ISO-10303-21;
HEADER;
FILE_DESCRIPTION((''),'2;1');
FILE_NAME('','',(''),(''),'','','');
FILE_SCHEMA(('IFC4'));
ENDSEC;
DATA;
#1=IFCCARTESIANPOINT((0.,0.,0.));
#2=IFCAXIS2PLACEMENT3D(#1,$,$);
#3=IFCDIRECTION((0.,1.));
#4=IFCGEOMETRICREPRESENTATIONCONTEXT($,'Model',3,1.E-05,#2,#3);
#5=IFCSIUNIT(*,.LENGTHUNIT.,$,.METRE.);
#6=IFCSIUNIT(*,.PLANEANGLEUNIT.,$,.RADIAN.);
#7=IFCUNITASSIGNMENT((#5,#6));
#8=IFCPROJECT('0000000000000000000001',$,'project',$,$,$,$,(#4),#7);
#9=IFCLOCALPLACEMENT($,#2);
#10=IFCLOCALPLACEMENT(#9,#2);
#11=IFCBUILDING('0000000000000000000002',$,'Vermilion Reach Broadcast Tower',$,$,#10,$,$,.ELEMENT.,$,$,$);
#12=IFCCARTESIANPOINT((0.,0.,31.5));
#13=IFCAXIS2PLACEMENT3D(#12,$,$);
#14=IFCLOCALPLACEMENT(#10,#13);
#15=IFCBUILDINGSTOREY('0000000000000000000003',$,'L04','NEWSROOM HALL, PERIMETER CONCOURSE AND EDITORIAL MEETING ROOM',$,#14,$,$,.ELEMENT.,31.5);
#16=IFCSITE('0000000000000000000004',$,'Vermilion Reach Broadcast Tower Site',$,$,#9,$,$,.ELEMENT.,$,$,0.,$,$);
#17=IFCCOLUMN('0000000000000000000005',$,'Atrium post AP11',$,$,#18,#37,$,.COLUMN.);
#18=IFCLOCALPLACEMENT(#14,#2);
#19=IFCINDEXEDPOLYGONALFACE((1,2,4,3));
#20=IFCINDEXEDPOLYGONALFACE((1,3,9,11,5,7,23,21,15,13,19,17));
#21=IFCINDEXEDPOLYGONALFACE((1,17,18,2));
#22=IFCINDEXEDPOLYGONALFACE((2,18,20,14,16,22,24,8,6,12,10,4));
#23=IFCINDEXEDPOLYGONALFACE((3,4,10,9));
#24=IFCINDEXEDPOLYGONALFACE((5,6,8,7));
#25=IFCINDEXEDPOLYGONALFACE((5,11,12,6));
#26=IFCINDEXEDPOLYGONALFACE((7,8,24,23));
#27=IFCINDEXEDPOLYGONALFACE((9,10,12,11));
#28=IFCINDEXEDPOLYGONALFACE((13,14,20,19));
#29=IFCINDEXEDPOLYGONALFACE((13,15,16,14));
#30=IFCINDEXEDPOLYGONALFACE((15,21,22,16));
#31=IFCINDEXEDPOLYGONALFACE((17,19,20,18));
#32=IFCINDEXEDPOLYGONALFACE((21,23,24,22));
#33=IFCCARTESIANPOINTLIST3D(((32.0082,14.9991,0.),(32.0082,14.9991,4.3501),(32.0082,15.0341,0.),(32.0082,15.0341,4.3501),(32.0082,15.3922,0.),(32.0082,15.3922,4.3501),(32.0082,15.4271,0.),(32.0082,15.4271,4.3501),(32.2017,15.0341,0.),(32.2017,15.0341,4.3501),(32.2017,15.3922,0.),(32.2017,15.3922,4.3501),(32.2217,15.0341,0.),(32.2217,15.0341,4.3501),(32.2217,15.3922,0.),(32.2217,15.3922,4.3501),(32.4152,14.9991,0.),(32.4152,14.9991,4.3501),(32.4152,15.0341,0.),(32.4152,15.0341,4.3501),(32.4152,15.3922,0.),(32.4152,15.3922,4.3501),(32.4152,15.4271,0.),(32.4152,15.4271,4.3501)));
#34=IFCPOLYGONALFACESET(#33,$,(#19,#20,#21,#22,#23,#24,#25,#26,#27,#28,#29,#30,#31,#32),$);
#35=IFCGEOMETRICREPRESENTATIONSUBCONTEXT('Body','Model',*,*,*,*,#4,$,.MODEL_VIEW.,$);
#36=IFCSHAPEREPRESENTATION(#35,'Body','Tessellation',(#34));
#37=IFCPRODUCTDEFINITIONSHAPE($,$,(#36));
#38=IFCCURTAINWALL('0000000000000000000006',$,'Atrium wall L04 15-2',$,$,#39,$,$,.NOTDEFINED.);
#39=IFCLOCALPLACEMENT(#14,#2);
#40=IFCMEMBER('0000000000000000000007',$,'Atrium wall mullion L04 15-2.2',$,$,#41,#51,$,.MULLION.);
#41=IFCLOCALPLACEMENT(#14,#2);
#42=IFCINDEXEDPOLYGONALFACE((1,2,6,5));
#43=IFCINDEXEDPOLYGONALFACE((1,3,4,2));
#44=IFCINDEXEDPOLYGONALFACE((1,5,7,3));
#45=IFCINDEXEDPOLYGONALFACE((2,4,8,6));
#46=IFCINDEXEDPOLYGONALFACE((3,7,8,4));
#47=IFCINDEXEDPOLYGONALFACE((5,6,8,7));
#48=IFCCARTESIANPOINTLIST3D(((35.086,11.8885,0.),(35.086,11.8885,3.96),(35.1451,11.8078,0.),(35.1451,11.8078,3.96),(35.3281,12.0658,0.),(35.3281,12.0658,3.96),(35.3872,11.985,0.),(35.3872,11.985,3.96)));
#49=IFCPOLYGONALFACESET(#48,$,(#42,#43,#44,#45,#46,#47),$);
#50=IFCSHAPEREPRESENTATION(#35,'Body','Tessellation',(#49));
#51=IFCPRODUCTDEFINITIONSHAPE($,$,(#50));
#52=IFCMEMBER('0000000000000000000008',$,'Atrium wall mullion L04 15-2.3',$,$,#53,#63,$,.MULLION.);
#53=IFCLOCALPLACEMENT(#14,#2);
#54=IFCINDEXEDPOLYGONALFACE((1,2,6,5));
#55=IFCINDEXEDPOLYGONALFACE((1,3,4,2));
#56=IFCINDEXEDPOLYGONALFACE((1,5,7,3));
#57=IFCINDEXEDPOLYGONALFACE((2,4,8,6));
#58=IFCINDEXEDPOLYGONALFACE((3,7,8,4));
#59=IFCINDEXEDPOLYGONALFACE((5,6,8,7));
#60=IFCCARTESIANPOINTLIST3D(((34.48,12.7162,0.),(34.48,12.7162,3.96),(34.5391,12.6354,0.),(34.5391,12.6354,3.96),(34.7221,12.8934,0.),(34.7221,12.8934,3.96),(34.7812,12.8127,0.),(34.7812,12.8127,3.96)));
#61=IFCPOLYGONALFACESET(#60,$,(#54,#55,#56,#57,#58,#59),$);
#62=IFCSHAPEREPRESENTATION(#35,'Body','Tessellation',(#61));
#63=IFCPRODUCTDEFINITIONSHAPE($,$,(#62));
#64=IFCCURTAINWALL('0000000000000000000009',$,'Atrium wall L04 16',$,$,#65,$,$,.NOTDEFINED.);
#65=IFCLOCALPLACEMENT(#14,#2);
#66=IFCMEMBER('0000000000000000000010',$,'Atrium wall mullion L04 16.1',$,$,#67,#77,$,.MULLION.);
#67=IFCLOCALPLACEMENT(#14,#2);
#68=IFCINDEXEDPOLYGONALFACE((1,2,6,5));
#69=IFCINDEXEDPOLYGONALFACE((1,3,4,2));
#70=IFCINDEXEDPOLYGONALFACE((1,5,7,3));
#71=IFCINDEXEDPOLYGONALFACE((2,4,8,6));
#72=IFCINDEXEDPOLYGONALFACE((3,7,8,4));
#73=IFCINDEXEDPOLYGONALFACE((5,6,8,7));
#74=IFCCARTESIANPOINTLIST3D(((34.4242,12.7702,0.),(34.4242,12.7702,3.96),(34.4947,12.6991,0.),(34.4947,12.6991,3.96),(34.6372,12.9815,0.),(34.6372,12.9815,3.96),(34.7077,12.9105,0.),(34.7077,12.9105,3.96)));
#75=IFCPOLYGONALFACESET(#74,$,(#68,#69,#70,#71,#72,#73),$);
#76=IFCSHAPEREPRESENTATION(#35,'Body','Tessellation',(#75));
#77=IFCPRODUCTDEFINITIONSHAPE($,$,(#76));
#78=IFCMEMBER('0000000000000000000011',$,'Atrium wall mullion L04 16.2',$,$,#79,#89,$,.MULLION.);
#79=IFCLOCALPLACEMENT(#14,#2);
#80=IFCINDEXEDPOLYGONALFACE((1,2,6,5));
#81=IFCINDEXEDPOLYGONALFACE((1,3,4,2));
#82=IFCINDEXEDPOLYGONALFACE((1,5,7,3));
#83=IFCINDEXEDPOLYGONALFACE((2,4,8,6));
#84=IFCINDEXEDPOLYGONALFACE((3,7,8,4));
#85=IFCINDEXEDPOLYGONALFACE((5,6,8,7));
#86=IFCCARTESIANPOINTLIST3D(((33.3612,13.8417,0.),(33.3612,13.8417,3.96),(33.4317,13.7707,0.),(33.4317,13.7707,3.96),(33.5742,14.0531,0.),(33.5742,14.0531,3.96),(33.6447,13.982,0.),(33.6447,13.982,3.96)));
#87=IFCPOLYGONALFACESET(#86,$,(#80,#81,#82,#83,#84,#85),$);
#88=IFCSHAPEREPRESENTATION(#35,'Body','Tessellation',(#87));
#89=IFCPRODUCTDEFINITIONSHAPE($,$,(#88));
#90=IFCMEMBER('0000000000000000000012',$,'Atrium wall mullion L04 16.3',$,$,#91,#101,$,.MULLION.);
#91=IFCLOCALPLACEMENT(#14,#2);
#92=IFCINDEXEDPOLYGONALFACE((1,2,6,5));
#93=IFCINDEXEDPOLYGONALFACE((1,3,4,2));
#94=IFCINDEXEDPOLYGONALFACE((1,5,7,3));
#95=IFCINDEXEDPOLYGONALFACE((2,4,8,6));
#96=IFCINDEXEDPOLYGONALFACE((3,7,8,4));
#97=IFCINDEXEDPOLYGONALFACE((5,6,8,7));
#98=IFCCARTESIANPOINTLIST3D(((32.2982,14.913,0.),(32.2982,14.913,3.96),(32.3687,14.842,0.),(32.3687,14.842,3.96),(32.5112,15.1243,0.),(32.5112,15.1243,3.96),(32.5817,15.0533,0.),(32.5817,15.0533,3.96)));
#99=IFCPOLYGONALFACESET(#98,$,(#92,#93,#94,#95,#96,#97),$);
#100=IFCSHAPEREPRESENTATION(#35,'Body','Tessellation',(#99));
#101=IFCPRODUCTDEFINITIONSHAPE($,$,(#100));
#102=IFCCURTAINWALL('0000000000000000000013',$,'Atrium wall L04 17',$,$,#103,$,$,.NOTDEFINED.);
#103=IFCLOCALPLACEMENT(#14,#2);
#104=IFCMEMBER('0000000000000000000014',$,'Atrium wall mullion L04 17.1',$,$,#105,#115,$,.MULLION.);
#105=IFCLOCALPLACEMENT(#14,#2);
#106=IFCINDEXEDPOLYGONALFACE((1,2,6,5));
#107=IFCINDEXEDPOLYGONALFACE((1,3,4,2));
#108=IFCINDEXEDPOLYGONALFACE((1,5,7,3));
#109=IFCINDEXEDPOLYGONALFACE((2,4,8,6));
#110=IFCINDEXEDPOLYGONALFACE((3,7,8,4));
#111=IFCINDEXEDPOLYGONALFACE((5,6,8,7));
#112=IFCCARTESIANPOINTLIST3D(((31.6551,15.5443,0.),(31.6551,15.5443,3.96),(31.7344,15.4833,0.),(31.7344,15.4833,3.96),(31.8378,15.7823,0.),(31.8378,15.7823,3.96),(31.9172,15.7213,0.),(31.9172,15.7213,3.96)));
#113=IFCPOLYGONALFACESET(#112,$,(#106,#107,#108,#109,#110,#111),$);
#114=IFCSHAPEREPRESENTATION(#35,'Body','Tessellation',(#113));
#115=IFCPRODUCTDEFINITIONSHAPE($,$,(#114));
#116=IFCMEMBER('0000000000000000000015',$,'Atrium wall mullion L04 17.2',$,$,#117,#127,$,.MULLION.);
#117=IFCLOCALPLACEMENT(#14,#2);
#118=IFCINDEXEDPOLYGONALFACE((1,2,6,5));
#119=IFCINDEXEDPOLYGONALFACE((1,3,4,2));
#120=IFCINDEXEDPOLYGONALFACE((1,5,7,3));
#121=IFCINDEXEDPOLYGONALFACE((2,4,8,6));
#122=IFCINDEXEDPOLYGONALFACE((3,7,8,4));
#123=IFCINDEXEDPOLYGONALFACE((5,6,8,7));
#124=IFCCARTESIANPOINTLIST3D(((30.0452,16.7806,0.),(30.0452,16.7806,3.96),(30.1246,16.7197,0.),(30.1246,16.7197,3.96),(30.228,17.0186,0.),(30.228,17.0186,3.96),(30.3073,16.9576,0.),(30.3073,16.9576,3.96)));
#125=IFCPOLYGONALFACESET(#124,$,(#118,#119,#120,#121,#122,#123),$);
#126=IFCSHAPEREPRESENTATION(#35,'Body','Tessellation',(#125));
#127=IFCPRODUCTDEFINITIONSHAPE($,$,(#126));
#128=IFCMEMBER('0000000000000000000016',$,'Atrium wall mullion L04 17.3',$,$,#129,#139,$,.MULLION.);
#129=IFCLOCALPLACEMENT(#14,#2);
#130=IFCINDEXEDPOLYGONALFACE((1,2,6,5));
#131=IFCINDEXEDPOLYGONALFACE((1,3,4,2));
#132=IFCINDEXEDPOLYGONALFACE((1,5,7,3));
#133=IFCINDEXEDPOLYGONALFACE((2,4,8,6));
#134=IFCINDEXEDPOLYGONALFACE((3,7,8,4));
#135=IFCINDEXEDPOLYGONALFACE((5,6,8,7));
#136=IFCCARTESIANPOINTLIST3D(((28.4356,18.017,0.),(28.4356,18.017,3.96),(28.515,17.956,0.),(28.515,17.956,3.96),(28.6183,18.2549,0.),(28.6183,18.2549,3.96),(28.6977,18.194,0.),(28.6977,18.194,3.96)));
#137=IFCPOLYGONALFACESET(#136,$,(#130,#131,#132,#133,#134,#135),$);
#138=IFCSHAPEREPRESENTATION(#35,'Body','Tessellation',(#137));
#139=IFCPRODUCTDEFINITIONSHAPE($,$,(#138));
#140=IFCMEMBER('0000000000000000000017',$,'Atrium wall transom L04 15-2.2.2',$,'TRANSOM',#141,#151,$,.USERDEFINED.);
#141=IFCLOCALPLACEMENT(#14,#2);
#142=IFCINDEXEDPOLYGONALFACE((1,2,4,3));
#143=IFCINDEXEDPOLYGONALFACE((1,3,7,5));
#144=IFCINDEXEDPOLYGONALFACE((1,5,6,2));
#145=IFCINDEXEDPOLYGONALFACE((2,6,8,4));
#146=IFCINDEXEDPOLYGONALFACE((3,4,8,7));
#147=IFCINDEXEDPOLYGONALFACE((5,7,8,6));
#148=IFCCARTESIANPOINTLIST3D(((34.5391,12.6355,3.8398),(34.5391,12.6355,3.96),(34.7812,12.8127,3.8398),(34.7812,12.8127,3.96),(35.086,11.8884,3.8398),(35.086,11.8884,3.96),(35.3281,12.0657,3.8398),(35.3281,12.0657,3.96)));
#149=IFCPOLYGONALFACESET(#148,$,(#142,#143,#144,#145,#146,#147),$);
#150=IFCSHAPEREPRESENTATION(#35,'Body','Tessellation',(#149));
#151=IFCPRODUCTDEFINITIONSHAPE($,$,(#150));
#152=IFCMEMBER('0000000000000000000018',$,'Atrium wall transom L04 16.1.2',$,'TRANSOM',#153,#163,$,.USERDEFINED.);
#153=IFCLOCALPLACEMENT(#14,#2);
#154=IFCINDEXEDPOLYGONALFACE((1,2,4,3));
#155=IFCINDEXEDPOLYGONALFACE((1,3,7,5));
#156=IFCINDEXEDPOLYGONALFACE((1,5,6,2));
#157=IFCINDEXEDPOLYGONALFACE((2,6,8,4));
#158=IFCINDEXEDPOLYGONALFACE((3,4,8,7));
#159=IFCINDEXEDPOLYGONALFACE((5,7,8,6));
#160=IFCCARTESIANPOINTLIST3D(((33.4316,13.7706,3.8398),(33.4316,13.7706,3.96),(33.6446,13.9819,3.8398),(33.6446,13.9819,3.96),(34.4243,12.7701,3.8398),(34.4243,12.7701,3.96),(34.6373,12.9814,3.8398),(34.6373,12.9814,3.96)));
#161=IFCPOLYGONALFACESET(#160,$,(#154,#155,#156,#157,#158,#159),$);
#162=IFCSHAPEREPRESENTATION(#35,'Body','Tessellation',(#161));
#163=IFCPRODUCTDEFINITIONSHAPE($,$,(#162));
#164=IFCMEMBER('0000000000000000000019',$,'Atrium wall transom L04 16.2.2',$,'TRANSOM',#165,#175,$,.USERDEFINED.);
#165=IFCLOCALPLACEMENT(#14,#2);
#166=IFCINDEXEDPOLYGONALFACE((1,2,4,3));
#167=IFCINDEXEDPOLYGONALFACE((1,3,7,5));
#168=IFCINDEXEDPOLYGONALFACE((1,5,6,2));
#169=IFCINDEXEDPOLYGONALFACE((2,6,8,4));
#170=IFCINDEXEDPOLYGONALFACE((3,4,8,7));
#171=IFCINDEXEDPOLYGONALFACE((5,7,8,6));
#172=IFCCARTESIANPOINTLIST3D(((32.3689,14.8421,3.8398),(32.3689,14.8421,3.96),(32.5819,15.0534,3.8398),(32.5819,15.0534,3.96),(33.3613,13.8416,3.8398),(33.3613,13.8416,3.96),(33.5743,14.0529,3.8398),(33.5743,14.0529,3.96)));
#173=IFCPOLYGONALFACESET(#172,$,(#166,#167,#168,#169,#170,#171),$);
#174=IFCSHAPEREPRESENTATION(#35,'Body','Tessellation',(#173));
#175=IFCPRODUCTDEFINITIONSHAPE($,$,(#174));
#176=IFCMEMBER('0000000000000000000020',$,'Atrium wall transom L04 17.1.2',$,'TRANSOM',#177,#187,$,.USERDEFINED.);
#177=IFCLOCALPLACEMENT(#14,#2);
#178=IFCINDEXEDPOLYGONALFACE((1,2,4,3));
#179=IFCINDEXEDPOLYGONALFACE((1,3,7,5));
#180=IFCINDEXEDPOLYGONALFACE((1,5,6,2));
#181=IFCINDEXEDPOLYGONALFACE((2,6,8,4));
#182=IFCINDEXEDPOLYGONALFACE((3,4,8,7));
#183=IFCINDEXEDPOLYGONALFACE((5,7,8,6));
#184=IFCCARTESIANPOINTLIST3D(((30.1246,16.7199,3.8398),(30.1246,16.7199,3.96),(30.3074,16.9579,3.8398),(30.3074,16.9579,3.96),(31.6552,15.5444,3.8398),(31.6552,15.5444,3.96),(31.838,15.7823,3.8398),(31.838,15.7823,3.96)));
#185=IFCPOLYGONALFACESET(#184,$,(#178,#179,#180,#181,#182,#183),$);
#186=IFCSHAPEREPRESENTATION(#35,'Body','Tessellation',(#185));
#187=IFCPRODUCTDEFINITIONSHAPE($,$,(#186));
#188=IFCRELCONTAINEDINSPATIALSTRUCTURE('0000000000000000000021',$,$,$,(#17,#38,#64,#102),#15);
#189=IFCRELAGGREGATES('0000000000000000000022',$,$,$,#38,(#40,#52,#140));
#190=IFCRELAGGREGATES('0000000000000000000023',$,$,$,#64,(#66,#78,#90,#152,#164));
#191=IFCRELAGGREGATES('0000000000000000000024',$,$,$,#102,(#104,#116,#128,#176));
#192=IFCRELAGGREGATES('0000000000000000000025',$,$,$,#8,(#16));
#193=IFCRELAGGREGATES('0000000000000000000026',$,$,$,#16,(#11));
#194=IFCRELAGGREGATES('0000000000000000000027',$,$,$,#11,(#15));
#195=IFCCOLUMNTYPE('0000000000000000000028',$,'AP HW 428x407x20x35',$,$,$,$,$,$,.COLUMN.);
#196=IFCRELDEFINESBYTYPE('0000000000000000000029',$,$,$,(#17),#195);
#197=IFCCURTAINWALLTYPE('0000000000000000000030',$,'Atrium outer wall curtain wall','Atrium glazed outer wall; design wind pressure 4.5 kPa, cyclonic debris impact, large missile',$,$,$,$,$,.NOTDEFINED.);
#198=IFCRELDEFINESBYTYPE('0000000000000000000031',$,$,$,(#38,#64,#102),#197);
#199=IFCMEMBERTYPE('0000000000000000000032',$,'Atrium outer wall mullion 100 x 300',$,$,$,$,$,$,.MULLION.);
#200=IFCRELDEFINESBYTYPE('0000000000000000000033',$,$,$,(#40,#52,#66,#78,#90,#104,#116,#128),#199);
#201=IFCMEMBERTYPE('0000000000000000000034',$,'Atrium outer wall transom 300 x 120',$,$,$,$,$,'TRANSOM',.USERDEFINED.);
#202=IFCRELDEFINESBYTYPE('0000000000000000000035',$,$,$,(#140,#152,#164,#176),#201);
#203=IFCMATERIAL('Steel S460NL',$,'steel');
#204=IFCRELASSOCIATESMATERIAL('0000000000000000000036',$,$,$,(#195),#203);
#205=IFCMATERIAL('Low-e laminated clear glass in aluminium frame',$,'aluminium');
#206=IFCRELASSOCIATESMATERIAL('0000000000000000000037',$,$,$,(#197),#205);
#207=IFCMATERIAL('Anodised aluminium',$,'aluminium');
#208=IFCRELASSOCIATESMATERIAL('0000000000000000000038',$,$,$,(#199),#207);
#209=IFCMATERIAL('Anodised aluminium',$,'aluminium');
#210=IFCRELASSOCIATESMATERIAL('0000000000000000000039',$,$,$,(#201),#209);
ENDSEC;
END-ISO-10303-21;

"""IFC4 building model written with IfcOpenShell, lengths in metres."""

from ifc_helpers import new_model, si_unit, direction, frame, origin, origin_2d, place, context, subcontext, project, spatial, rectangle, i_section, extrude, material, material_profile, profile_set, type_object, element, aggregate, save


model = new_model("IFC4")

# Units and contexts
model_context = context("Model", 3, precision=1e-05, world=origin(), true_north=direction((0.0, 1.0)))
body_context = subcontext(model_context, "Body", "Model", "MODEL_VIEW")
ifc_project = project(units=[si_unit("LENGTHUNIT", "METRE"), si_unit("PLANEANGLEUNIT", "RADIAN")], contexts=[model_context])

# Site, building, storey
site_placement = place(None, origin())
site = spatial("IfcSite", under=ifc_project, at=site_placement, Name="Vermilion Reach Broadcast Tower Site", CompositionType="ELEMENT", RefElevation=0.0)
building_placement = place(site_placement, origin())
building = spatial("IfcBuilding", under=site, at=building_placement, Name="Vermilion Reach Broadcast Tower", CompositionType="ELEMENT")
storey_placement = place(building_placement, frame((0.0, 0.0, 31.5)))
storey = spatial("IfcBuildingStorey", under=building, at=storey_placement, Name="L04", Description="NEWSROOM HALL, PERIMETER CONCOURSE AND EDITORIAL MEETING ROOM", CompositionType="ELEMENT", Elevation=31.5)

# Column
ifc_material_1 = material(Name="Steel S460NL", Category="steel")
ifc_material_profile_1 = material_profile(ifc_material_1, i_section(OverallWidth=0.407, OverallDepth=0.428, WebThickness=0.02, FlangeThickness=0.0349, at=origin_2d()), Name="S460NL HW 428x407x20x35")
ifc_profile_set_1 = profile_set([ifc_material_profile_1], Name="Steel S460NL")
column_type = type_object("IfcColumnType", Name="AP HW 428x407x20x35", PredefinedType="COLUMN", material=ifc_profile_set_1)
column_placement = place(storey_placement, frame((32.2117, 15.2131, 0.0), z_axis=(0.0, 0.0, 1.0), x_axis=(1.0, 0.0, 0.0)))
element("IfcColumn", 1, at=column_placement, inside=storey, type_object=column_type, Name="Atrium post AP11", PredefinedType="COLUMN", context=body_context, shape_type="SweptSolid", body=[
    extrude(i_section(OverallWidth=0.407, OverallDepth=0.428, WebThickness=0.02, FlangeThickness=0.0349, at=origin_2d()), origin(), (0.0, 0.0, 1.0), 4.3501),
])

# Curtain walls, members
ifc_material_2 = material(Name="Low-e laminated clear glass in aluminium frame", Category="aluminium")
curtain_wall_type = type_object("IfcCurtainWallType", Name="Atrium outer wall curtain wall", Description="Atrium glazed outer wall; design wind pressure 4.5 kPa, cyclonic debris impact, large missile", PredefinedType="NOTDEFINED", material=ifc_material_2)
placement = place(storey_placement, origin())
curtain_wall_1 = element("IfcCurtainWall", 2, at=placement, inside=storey, type_object=curtain_wall_type, Name="Atrium wall L04 15-2", PredefinedType="NOTDEFINED")
ifc_material_3 = material(Name="Anodised aluminium", Category="aluminium")
ifc_material_profile_2 = material_profile(ifc_material_3, rectangle(XDim=0.3, YDim=0.1001, at=origin_2d()), Name="Atrium outer wall mullion 100 x 300")
ifc_profile_set_2 = profile_set([ifc_material_profile_2], Name="Anodised aluminium")
member_type_1 = type_object("IfcMemberType", Name="Atrium outer wall mullion 100 x 300", PredefinedType="MULLION", material=ifc_profile_set_2)
member_1_placement = place(storey_placement, frame((35.2366, 11.9368, 0.0), z_axis=(0.0, 0.0, 1.0), x_axis=(-0.806847, -0.59076, 0.0)))
member_1 = element("IfcMember", 3, at=member_1_placement, type_object=member_type_1, Name="Atrium wall mullion L04 15-2.2", PredefinedType="MULLION", context=body_context, shape_type="SweptSolid", body=[
    extrude(rectangle(XDim=0.3, YDim=0.1001, at=origin_2d()), origin(), (0.0, 0.0, 1.0), 3.96),
])
member_2_placement = place(storey_placement, frame((34.6306, 12.7644, 0.0), z_axis=(0.0, 0.0, 1.0), x_axis=(-0.806847, -0.59076, 0.0)))
member_2 = element("IfcMember", 4, at=member_2_placement, type_object=member_type_1, Name="Atrium wall mullion L04 15-2.3", PredefinedType="MULLION", context=body_context, shape_type="SweptSolid", body=[
    extrude(rectangle(XDim=0.3, YDim=0.1001, at=origin_2d()), origin(), (0.0, 0.0, 1.0), 3.96),
])
curtain_wall_2 = element("IfcCurtainWall", 5, at=placement, inside=storey, type_object=curtain_wall_type, Name="Atrium wall L04 16", PredefinedType="NOTDEFINED")
member_3_placement = place(storey_placement, frame((34.5659, 12.8403, 0.0), z_axis=(0.0, 0.0, 1.0), x_axis=(-0.709926, -0.704276, 0.0)))
member_3 = element("IfcMember", 6, at=member_3_placement, type_object=member_type_1, Name="Atrium wall mullion L04 16.1", PredefinedType="MULLION", context=body_context, shape_type="SweptSolid", body=[
    extrude(rectangle(XDim=0.3, YDim=0.1001, at=origin_2d()), origin(), (0.0, 0.0, 1.0), 3.96),
])
member_4_placement = place(storey_placement, frame((33.5029, 13.9119, 0.0), z_axis=(0.0, 0.0, 1.0), x_axis=(-0.709926, -0.704276, 0.0)))
member_4 = element("IfcMember", 7, at=member_4_placement, type_object=member_type_1, Name="Atrium wall mullion L04 16.2", PredefinedType="MULLION", context=body_context, shape_type="SweptSolid", body=[
    extrude(rectangle(XDim=0.3, YDim=0.1001, at=origin_2d()), origin(), (0.0, 0.0, 1.0), 3.96),
])
member_5_placement = place(storey_placement, frame((32.4399, 14.9832, 0.0), z_axis=(0.0, 0.0, 1.0), x_axis=(-0.709926, -0.704276, 0.0)))
member_5 = element("IfcMember", 8, at=member_5_placement, type_object=member_type_1, Name="Atrium wall mullion L04 16.3", PredefinedType="MULLION", context=body_context, shape_type="SweptSolid", body=[
    extrude(rectangle(XDim=0.3, YDim=0.1001, at=origin_2d()), origin(), (0.0, 0.0, 1.0), 3.96),
])
curtain_wall_3 = element("IfcCurtainWall", 9, at=placement, inside=storey, type_object=curtain_wall_type, Name="Atrium wall L04 17", PredefinedType="NOTDEFINED")
member_6_placement = place(storey_placement, frame((31.7861, 15.6328, 0.0), z_axis=(0.0, 0.0, 1.0), x_axis=(-0.609114, -0.793083, 0.0)))
member_6 = element("IfcMember", 10, at=member_6_placement, type_object=member_type_1, Name="Atrium wall mullion L04 17.1", PredefinedType="MULLION", context=body_context, shape_type="SweptSolid", body=[
    extrude(rectangle(XDim=0.3, YDim=0.1001, at=origin_2d()), origin(), (0.0, 0.0, 1.0), 3.96),
])
member_7_placement = place(storey_placement, frame((30.1763, 16.8691, 0.0), z_axis=(0.0, 0.0, 1.0), x_axis=(-0.609114, -0.793083, 0.0)))
member_7 = element("IfcMember", 11, at=member_7_placement, type_object=member_type_1, Name="Atrium wall mullion L04 17.2", PredefinedType="MULLION", context=body_context, shape_type="SweptSolid", body=[
    extrude(rectangle(XDim=0.3, YDim=0.1001, at=origin_2d()), origin(), (0.0, 0.0, 1.0), 3.96),
])
member_8_placement = place(storey_placement, frame((28.5667, 18.1055, 0.0), z_axis=(0.0, 0.0, 1.0), x_axis=(-0.609114, -0.793083, 0.0)))
member_8 = element("IfcMember", 12, at=member_8_placement, type_object=member_type_1, Name="Atrium wall mullion L04 17.3", PredefinedType="MULLION", context=body_context, shape_type="SweptSolid", body=[
    extrude(rectangle(XDim=0.3, YDim=0.1001, at=origin_2d()), origin(), (0.0, 0.0, 1.0), 3.96),
])

# Members
ifc_material_4 = material(Name="Anodised aluminium", Category="aluminium")
ifc_material_profile_3 = material_profile(ifc_material_4, rectangle(XDim=0.3, YDim=0.1201, at=origin_2d()), Name="Atrium outer wall transom 300 x 120")
ifc_profile_set_3 = profile_set([ifc_material_profile_3], Name="Anodised aluminium")
member_type_2 = type_object("IfcMemberType", Name="Atrium outer wall transom 300 x 120", ElementType="TRANSOM", PredefinedType="USERDEFINED", material=ifc_profile_set_3)
member_9_placement = place(storey_placement, frame((35.207, 11.9771, 3.8999), z_axis=(-0.590678, 0.806908, 0.0), x_axis=(-0.806908, -0.590678, 0.0)))
member_9 = element("IfcMember", 13, at=member_9_placement, type_object=member_type_2, Name="Atrium wall transom L04 15-2.2.2", ObjectType="TRANSOM", PredefinedType="USERDEFINED", context=body_context, shape_type="SweptSolid", body=[
    extrude(rectangle(XDim=0.3, YDim=0.1201, at=origin_2d()), origin(), (0.0, 0.0, 1.0), 0.9258),
])
member_10_placement = place(storey_placement, frame((34.5308, 12.8757, 3.8999), z_axis=(-0.70433, 0.709873, 0.0), x_axis=(-0.709873, -0.70433, 0.0)))
member_10 = element("IfcMember", 14, at=member_10_placement, type_object=member_type_2, Name="Atrium wall transom L04 16.1.2", ObjectType="TRANSOM", PredefinedType="USERDEFINED", context=body_context, shape_type="SweptSolid", body=[
    extrude(rectangle(XDim=0.3, YDim=0.1201, at=origin_2d()), origin(), (0.0, 0.0, 1.0), 1.4094),
])
member_11_placement = place(storey_placement, frame((33.4678, 13.9473, 3.8999), z_axis=(-0.704242, 0.70996, 0.0), x_axis=(-0.70996, -0.704242, 0.0)))
member_11 = element("IfcMember", 15, at=member_11_placement, type_object=member_type_2, Name="Atrium wall transom L04 16.2.2", ObjectType="TRANSOM", PredefinedType="USERDEFINED", context=body_context, shape_type="SweptSolid", body=[
    extrude(rectangle(XDim=0.3, YDim=0.1201, at=origin_2d()), origin(), (0.0, 0.0, 1.0), 1.4092),
])
member_12_placement = place(storey_placement, frame((31.7466, 15.6633, 3.8999), z_axis=(-0.793071, 0.60913, 0.0), x_axis=(-0.60913, -0.793071, 0.0)))
member_12 = element("IfcMember", 16, at=member_12_placement, type_object=member_type_2, Name="Atrium wall transom L04 17.1.2", ObjectType="TRANSOM", PredefinedType="USERDEFINED", context=body_context, shape_type="SweptSolid", body=[
    extrude(rectangle(XDim=0.3, YDim=0.1201, at=origin_2d()), origin(), (0.0, 0.0, 1.0), 1.9299),
])

aggregate(curtain_wall_1, [member_1, member_2, member_9])
aggregate(curtain_wall_2, [member_3, member_4, member_5, member_10, member_11])
aggregate(curtain_wall_3, [member_6, member_7, member_8, member_12])

save(model, "model.ifc")
